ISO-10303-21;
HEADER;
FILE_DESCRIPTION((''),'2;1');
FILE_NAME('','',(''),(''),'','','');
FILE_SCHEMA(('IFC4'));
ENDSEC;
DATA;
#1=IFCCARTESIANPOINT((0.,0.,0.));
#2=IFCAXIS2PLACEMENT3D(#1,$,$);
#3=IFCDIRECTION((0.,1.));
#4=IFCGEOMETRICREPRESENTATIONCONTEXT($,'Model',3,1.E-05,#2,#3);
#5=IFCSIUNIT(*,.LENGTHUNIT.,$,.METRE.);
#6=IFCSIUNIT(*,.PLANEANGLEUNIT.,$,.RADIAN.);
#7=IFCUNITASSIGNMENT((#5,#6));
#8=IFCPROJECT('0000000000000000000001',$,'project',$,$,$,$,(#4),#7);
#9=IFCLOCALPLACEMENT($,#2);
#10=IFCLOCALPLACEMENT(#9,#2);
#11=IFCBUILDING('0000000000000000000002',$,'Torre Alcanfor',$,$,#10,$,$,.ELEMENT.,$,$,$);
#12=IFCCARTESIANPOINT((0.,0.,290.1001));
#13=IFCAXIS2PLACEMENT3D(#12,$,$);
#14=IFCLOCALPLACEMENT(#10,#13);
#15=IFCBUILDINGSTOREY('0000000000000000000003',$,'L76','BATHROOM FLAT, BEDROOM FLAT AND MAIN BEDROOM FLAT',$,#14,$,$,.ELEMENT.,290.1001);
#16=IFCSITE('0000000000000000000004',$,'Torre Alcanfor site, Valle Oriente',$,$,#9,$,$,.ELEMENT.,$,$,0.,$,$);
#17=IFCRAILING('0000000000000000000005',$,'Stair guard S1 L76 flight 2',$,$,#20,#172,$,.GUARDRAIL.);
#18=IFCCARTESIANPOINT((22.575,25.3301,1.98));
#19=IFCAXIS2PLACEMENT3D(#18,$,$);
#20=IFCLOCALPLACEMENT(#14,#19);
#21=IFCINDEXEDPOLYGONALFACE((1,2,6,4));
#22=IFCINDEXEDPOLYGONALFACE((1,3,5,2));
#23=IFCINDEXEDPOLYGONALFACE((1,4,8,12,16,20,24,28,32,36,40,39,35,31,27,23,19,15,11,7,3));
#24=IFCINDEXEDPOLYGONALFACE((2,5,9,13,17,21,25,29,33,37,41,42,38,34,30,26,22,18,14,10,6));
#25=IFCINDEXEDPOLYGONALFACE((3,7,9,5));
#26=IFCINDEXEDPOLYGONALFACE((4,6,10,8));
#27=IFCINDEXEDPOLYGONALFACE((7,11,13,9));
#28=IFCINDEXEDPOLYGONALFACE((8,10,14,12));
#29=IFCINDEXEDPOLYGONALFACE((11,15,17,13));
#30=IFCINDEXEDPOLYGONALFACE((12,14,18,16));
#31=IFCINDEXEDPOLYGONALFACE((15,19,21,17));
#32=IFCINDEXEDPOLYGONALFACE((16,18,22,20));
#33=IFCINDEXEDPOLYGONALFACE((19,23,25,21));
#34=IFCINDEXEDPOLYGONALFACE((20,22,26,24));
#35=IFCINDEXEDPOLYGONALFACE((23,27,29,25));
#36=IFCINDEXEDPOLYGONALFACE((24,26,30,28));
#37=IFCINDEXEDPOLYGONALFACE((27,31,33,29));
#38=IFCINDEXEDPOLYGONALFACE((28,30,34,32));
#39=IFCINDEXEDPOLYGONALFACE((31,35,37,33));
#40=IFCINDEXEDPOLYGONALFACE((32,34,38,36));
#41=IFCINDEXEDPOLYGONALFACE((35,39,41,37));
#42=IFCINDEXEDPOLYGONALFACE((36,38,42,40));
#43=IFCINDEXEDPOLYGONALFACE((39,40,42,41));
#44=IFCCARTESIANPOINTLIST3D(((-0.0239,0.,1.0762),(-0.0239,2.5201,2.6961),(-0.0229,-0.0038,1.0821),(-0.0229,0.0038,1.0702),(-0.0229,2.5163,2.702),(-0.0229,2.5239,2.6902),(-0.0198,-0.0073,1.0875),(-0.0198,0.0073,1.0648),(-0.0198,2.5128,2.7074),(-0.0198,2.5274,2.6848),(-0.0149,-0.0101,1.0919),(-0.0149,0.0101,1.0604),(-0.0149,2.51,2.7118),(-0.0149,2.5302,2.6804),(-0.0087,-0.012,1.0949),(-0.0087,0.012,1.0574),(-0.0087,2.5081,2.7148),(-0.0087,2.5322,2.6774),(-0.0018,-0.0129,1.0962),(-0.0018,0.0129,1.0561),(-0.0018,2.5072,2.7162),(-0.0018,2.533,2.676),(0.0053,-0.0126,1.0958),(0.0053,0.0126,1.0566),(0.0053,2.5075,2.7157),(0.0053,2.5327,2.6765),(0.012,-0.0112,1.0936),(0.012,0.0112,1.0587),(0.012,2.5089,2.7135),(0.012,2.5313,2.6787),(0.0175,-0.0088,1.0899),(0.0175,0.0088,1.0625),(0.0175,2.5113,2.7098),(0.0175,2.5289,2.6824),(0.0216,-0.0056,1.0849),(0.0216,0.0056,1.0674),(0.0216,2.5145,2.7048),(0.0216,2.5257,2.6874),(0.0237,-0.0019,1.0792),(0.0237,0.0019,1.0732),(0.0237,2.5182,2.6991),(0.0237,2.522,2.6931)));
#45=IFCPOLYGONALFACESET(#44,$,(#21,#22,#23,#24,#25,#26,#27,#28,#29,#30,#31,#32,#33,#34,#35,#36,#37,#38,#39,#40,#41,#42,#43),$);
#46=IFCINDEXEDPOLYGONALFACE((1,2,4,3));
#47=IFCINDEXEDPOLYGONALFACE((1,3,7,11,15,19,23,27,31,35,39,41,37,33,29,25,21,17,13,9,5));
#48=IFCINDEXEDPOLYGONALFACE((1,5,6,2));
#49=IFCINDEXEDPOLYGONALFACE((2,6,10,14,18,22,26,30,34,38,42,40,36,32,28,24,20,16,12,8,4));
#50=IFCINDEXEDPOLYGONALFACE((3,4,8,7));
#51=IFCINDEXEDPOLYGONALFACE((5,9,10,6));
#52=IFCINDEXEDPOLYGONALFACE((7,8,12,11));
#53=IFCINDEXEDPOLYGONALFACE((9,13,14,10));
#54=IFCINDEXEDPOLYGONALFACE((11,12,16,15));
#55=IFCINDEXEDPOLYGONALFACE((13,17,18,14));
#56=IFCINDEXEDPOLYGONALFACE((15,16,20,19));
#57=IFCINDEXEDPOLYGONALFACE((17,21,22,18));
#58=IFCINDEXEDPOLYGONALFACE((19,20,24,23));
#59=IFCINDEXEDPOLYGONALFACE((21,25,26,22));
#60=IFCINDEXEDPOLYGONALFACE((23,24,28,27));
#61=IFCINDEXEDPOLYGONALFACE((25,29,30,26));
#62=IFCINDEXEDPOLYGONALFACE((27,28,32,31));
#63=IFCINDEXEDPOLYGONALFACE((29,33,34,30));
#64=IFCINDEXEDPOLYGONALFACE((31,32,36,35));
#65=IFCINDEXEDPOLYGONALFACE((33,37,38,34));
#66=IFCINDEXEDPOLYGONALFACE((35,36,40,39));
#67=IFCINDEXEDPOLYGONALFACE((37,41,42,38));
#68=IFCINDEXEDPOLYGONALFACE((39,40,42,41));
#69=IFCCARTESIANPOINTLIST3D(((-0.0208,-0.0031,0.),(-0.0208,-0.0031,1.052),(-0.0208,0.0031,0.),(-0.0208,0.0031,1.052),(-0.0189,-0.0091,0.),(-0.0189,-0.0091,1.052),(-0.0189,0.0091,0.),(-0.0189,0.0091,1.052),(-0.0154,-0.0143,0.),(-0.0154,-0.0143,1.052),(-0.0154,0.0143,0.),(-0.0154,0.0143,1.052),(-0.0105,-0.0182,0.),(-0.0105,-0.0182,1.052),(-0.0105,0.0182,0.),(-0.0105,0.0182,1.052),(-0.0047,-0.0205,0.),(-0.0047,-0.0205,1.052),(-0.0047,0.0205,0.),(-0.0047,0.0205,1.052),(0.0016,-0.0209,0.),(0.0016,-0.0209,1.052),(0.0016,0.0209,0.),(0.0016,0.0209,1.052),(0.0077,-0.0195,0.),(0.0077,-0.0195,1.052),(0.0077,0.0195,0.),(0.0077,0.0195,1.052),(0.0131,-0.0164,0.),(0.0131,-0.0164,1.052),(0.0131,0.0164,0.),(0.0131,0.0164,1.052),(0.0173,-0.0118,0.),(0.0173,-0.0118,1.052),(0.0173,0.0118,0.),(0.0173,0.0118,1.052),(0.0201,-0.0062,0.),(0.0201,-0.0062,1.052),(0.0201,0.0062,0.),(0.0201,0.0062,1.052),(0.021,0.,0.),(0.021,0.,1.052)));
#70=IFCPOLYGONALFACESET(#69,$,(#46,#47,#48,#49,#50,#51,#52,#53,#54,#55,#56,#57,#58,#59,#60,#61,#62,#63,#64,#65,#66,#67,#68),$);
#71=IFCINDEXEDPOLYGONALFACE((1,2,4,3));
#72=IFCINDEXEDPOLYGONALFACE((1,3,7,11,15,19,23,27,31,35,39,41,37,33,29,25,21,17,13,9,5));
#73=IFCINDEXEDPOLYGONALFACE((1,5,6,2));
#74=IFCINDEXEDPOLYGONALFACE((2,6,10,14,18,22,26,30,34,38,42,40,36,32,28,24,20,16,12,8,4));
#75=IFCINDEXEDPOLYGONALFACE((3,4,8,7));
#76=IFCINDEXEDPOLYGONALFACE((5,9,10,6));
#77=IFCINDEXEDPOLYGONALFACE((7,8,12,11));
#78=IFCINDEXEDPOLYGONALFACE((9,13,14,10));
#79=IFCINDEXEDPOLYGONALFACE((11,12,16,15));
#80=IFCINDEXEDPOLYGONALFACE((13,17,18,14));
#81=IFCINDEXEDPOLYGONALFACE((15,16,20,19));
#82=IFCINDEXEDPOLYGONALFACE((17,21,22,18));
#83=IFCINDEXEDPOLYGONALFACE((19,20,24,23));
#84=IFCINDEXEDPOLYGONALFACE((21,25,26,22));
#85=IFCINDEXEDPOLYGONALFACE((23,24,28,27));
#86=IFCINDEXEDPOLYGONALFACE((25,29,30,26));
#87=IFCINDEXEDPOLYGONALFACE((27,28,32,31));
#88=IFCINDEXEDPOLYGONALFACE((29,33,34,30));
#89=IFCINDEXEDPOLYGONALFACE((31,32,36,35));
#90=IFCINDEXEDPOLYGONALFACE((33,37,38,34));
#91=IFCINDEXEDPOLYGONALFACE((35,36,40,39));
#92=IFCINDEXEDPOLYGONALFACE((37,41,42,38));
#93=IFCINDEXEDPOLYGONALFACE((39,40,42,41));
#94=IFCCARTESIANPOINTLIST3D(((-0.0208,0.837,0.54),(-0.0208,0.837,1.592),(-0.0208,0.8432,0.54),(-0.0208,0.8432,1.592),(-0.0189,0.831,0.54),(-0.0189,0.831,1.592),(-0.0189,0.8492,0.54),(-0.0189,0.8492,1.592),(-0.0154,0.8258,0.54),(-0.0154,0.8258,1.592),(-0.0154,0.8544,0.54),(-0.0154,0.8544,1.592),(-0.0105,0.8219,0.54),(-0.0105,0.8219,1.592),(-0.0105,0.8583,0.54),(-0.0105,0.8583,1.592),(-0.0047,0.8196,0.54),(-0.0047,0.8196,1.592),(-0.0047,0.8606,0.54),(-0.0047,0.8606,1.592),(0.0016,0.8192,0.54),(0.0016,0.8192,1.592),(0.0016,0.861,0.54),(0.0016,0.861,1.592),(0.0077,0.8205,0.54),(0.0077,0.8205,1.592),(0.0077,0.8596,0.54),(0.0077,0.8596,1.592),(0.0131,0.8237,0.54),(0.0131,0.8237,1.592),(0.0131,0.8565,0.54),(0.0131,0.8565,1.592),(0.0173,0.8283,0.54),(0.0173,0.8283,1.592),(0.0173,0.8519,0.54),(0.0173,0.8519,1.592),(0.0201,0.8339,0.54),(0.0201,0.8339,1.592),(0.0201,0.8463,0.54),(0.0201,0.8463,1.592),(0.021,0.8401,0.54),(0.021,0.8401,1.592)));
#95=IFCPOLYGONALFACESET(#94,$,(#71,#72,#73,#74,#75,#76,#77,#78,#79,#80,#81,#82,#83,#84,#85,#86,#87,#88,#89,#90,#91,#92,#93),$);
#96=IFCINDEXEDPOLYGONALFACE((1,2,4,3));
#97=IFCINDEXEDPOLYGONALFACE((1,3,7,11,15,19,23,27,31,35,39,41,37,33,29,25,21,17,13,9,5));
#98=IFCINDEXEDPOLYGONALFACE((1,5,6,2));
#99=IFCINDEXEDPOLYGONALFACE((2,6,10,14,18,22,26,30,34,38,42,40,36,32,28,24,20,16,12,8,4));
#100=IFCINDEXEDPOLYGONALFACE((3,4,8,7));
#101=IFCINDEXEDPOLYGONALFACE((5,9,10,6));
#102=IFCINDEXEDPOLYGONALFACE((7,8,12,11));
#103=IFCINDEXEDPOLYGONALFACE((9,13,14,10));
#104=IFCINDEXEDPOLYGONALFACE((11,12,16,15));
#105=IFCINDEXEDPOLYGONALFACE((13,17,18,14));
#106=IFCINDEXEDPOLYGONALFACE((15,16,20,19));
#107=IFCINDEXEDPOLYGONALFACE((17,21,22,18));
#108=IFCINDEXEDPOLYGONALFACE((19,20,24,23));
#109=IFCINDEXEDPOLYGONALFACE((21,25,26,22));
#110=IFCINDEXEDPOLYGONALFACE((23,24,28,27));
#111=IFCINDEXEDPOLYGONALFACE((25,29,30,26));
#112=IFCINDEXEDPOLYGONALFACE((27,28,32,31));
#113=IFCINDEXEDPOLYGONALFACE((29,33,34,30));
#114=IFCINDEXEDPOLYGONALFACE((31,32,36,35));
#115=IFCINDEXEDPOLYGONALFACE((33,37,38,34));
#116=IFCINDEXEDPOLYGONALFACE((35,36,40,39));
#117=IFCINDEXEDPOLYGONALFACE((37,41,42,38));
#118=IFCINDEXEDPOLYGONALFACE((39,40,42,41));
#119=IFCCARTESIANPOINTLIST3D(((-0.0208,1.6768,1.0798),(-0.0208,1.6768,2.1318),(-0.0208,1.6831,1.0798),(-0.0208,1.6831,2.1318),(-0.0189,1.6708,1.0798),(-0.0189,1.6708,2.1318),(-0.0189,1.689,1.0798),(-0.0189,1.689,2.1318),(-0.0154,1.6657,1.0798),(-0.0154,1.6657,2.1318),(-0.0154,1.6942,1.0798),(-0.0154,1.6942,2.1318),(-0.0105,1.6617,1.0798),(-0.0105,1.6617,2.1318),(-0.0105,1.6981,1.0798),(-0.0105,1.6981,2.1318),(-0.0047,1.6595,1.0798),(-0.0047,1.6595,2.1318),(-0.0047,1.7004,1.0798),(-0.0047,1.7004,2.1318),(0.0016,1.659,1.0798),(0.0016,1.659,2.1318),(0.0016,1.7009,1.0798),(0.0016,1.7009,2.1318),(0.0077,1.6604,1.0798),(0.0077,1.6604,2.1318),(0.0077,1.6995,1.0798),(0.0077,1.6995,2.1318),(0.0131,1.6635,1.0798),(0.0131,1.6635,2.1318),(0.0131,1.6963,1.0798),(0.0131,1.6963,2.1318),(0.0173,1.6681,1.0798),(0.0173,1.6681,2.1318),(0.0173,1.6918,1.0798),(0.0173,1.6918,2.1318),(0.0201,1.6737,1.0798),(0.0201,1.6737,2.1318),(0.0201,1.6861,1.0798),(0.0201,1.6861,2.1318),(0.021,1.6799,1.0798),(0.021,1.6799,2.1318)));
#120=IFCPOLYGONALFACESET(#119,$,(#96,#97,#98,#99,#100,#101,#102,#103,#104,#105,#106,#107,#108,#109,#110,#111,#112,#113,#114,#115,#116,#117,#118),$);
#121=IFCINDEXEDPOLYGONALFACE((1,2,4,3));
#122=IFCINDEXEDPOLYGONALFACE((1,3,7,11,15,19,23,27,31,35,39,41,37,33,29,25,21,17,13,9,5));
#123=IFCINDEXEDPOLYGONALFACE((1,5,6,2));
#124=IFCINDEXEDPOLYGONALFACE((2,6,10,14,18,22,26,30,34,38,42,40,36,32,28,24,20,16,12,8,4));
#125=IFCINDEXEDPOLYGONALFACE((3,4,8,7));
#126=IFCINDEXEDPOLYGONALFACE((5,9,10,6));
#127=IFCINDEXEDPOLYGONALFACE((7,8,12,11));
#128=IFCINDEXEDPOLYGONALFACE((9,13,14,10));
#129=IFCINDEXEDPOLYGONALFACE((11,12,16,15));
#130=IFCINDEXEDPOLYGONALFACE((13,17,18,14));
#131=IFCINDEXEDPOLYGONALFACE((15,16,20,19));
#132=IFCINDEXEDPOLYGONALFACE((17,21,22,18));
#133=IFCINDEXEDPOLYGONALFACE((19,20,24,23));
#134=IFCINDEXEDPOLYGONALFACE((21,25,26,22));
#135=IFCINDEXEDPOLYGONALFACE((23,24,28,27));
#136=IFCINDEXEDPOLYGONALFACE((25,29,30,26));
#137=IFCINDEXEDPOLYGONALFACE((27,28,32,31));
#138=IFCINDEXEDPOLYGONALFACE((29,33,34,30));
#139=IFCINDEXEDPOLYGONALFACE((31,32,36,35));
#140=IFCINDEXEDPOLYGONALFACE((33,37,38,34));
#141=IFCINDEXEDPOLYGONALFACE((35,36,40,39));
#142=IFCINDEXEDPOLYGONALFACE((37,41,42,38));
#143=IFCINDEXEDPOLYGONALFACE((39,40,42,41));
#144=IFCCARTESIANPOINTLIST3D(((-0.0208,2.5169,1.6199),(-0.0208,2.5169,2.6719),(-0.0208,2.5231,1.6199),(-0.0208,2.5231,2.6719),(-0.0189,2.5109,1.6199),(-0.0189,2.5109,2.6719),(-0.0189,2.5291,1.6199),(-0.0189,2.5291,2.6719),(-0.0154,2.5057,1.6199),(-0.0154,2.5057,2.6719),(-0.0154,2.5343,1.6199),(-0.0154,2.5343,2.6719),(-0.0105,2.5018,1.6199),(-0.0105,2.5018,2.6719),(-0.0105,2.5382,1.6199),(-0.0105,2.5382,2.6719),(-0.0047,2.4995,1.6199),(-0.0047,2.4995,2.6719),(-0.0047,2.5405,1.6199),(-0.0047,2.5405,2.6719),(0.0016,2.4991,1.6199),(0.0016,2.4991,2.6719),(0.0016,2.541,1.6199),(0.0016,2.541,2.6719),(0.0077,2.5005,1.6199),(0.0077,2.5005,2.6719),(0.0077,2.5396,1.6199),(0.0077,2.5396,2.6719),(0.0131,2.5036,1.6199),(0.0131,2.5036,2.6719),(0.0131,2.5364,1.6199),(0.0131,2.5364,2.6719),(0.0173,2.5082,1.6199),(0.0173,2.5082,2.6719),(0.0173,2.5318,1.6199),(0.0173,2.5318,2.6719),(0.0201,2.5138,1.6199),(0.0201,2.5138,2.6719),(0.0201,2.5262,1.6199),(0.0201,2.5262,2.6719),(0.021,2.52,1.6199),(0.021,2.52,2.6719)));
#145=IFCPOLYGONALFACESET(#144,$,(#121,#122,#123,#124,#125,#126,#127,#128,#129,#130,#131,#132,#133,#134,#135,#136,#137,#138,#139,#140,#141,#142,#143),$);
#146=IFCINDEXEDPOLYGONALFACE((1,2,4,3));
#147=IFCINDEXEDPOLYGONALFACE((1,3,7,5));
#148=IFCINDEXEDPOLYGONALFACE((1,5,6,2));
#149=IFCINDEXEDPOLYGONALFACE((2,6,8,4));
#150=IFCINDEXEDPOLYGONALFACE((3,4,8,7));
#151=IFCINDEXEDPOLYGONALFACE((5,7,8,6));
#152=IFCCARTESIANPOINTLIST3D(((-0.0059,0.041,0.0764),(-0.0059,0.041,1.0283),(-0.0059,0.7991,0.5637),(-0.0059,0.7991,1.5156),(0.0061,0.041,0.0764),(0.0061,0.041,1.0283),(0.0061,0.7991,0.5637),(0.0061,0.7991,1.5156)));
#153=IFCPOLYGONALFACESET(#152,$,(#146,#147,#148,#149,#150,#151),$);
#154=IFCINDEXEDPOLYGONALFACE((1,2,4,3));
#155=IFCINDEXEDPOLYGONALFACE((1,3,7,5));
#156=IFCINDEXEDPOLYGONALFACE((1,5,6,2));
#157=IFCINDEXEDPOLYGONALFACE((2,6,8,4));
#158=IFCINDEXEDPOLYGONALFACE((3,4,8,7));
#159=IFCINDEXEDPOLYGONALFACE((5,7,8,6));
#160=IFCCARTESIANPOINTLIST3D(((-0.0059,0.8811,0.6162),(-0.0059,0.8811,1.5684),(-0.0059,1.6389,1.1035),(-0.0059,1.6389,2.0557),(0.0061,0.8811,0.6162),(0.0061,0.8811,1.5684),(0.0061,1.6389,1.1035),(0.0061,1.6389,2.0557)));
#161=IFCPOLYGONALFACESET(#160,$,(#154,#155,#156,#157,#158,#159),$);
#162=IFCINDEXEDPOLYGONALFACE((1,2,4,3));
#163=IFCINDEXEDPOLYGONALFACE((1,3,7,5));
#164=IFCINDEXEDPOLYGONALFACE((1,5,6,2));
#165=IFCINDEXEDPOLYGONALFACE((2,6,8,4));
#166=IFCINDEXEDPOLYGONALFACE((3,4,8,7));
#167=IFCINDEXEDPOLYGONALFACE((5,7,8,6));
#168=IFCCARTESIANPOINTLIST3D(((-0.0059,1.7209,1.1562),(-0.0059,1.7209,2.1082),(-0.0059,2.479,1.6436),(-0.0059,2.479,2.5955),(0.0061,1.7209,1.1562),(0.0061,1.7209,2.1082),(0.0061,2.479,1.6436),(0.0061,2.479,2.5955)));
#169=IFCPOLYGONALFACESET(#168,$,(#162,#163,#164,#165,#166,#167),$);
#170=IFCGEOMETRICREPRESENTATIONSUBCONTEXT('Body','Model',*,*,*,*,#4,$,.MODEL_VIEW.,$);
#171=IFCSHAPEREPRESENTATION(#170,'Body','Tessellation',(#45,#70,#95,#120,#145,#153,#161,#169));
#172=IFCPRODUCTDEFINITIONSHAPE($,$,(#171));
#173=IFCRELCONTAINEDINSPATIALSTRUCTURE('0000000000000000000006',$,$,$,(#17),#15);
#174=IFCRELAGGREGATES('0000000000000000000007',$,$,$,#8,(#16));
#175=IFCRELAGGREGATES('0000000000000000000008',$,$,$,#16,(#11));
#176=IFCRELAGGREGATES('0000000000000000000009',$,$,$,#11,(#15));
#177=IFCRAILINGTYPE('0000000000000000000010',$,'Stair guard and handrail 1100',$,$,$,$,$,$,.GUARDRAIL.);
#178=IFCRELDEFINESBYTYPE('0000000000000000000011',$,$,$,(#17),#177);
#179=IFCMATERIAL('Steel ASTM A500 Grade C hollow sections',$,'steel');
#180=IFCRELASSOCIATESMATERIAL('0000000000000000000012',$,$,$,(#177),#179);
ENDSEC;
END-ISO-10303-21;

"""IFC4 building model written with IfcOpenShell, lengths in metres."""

from ifc_helpers import new_model, si_unit, direction, frame, origin, origin_2d, place, context, subcontext, project, spatial, polyline, circle, outline, extrude, material, type_object, element, save


model = new_model("IFC4")

# Units and contexts
model_context = context("Model", 3, precision=1e-05, world=origin(), true_north=direction((0.0, 1.0)))
body_context = subcontext(model_context, "Body", "Model", "MODEL_VIEW")
ifc_project = project(units=[si_unit("LENGTHUNIT", "METRE"), si_unit("PLANEANGLEUNIT", "RADIAN")], contexts=[model_context])

# Site, building, storey
site_placement = place(None, origin())
site = spatial("IfcSite", under=ifc_project, at=site_placement, Name="Torre Alcanfor site, Valle Oriente", CompositionType="ELEMENT", RefElevation=0.0)
building_placement = place(site_placement, origin())
building = spatial("IfcBuilding", under=site, at=building_placement, Name="Torre Alcanfor", CompositionType="ELEMENT")
storey_placement = place(building_placement, frame((0.0, 0.0, 290.1001)))
storey = spatial("IfcBuildingStorey", under=building, at=storey_placement, Name="L76", Description="BATHROOM FLAT, BEDROOM FLAT AND MAIN BEDROOM FLAT", CompositionType="ELEMENT", Elevation=290.1001)

# Railing
ifc_material_1 = material(Name="Steel ASTM A500 Grade C hollow sections", Category="steel")
railing_type_1 = type_object("IfcRailingType", Name="Stair guard and handrail 1100", PredefinedType="GUARDRAIL", material=ifc_material_1)
railing_1_placement = place(storey_placement, frame((22.575, 25.3301, 1.98)))
element("IfcRailing", 1, at=railing_1_placement, inside=storey, type_object=railing_type_1, Name="Stair guard S1 L76 flight 2", PredefinedType="GUARDRAIL", context=body_context, shape_type="SweptSolid", body=[
    extrude(circle(Radius=0.0239, at=origin_2d()), frame((0.0, 0.0, 1.0762), z_axis=(0.0, 0.8412, 0.540725), x_axis=(-1.0, 0.0, 0.0)), (0.0, 0.0, 1.0), 2.9958),
    extrude(circle(Radius=0.021, at=origin_2d()), origin(), (0.0, 0.0, 1.0), 1.052),
    extrude(circle(Radius=0.021, at=origin_2d()), frame((0.0, 0.8401, 0.54)), (0.0, 0.0, 1.0), 1.052),
    extrude(circle(Radius=0.021, at=origin_2d()), frame((0.0, 1.6799, 1.0798)), (0.0, 0.0, 1.0), 1.052),
    extrude(circle(Radius=0.021, at=origin_2d()), frame((0.0, 2.52, 1.6199)), (0.0, 0.0, 1.0), 1.052),
    extrude(outline(polyline([(0.041, 0.0764), (0.7991, 0.5637), (0.7991, 1.5156), (0.041, 1.0283), (0.041, 0.0764)])), frame((-0.0059, 0.0, 0.0), z_axis=(1.0, 0.0, 0.0), x_axis=(0.0, 1.0, 0.0)), (0.0, 0.0, 1.0), 0.012),
    extrude(outline(polyline([(0.8811, 0.6162), (1.6389, 1.1035), (1.6389, 2.0557), (0.8811, 1.5684), (0.8811, 0.6162)])), frame((-0.0059, 0.0, 0.0), z_axis=(1.0, 0.0, 0.0), x_axis=(0.0, 1.0, 0.0)), (0.0, 0.0, 1.0), 0.012),
    extrude(outline(polyline([(1.7209, 1.1562), (2.479, 1.6436), (2.479, 2.5955), (1.7209, 2.1082), (1.7209, 1.1562)])), frame((-0.0059, 0.0, 0.0), z_axis=(1.0, 0.0, 0.0), x_axis=(0.0, 1.0, 0.0)), (0.0, 0.0, 1.0), 0.012),
])

save(model, "model.ifc")
